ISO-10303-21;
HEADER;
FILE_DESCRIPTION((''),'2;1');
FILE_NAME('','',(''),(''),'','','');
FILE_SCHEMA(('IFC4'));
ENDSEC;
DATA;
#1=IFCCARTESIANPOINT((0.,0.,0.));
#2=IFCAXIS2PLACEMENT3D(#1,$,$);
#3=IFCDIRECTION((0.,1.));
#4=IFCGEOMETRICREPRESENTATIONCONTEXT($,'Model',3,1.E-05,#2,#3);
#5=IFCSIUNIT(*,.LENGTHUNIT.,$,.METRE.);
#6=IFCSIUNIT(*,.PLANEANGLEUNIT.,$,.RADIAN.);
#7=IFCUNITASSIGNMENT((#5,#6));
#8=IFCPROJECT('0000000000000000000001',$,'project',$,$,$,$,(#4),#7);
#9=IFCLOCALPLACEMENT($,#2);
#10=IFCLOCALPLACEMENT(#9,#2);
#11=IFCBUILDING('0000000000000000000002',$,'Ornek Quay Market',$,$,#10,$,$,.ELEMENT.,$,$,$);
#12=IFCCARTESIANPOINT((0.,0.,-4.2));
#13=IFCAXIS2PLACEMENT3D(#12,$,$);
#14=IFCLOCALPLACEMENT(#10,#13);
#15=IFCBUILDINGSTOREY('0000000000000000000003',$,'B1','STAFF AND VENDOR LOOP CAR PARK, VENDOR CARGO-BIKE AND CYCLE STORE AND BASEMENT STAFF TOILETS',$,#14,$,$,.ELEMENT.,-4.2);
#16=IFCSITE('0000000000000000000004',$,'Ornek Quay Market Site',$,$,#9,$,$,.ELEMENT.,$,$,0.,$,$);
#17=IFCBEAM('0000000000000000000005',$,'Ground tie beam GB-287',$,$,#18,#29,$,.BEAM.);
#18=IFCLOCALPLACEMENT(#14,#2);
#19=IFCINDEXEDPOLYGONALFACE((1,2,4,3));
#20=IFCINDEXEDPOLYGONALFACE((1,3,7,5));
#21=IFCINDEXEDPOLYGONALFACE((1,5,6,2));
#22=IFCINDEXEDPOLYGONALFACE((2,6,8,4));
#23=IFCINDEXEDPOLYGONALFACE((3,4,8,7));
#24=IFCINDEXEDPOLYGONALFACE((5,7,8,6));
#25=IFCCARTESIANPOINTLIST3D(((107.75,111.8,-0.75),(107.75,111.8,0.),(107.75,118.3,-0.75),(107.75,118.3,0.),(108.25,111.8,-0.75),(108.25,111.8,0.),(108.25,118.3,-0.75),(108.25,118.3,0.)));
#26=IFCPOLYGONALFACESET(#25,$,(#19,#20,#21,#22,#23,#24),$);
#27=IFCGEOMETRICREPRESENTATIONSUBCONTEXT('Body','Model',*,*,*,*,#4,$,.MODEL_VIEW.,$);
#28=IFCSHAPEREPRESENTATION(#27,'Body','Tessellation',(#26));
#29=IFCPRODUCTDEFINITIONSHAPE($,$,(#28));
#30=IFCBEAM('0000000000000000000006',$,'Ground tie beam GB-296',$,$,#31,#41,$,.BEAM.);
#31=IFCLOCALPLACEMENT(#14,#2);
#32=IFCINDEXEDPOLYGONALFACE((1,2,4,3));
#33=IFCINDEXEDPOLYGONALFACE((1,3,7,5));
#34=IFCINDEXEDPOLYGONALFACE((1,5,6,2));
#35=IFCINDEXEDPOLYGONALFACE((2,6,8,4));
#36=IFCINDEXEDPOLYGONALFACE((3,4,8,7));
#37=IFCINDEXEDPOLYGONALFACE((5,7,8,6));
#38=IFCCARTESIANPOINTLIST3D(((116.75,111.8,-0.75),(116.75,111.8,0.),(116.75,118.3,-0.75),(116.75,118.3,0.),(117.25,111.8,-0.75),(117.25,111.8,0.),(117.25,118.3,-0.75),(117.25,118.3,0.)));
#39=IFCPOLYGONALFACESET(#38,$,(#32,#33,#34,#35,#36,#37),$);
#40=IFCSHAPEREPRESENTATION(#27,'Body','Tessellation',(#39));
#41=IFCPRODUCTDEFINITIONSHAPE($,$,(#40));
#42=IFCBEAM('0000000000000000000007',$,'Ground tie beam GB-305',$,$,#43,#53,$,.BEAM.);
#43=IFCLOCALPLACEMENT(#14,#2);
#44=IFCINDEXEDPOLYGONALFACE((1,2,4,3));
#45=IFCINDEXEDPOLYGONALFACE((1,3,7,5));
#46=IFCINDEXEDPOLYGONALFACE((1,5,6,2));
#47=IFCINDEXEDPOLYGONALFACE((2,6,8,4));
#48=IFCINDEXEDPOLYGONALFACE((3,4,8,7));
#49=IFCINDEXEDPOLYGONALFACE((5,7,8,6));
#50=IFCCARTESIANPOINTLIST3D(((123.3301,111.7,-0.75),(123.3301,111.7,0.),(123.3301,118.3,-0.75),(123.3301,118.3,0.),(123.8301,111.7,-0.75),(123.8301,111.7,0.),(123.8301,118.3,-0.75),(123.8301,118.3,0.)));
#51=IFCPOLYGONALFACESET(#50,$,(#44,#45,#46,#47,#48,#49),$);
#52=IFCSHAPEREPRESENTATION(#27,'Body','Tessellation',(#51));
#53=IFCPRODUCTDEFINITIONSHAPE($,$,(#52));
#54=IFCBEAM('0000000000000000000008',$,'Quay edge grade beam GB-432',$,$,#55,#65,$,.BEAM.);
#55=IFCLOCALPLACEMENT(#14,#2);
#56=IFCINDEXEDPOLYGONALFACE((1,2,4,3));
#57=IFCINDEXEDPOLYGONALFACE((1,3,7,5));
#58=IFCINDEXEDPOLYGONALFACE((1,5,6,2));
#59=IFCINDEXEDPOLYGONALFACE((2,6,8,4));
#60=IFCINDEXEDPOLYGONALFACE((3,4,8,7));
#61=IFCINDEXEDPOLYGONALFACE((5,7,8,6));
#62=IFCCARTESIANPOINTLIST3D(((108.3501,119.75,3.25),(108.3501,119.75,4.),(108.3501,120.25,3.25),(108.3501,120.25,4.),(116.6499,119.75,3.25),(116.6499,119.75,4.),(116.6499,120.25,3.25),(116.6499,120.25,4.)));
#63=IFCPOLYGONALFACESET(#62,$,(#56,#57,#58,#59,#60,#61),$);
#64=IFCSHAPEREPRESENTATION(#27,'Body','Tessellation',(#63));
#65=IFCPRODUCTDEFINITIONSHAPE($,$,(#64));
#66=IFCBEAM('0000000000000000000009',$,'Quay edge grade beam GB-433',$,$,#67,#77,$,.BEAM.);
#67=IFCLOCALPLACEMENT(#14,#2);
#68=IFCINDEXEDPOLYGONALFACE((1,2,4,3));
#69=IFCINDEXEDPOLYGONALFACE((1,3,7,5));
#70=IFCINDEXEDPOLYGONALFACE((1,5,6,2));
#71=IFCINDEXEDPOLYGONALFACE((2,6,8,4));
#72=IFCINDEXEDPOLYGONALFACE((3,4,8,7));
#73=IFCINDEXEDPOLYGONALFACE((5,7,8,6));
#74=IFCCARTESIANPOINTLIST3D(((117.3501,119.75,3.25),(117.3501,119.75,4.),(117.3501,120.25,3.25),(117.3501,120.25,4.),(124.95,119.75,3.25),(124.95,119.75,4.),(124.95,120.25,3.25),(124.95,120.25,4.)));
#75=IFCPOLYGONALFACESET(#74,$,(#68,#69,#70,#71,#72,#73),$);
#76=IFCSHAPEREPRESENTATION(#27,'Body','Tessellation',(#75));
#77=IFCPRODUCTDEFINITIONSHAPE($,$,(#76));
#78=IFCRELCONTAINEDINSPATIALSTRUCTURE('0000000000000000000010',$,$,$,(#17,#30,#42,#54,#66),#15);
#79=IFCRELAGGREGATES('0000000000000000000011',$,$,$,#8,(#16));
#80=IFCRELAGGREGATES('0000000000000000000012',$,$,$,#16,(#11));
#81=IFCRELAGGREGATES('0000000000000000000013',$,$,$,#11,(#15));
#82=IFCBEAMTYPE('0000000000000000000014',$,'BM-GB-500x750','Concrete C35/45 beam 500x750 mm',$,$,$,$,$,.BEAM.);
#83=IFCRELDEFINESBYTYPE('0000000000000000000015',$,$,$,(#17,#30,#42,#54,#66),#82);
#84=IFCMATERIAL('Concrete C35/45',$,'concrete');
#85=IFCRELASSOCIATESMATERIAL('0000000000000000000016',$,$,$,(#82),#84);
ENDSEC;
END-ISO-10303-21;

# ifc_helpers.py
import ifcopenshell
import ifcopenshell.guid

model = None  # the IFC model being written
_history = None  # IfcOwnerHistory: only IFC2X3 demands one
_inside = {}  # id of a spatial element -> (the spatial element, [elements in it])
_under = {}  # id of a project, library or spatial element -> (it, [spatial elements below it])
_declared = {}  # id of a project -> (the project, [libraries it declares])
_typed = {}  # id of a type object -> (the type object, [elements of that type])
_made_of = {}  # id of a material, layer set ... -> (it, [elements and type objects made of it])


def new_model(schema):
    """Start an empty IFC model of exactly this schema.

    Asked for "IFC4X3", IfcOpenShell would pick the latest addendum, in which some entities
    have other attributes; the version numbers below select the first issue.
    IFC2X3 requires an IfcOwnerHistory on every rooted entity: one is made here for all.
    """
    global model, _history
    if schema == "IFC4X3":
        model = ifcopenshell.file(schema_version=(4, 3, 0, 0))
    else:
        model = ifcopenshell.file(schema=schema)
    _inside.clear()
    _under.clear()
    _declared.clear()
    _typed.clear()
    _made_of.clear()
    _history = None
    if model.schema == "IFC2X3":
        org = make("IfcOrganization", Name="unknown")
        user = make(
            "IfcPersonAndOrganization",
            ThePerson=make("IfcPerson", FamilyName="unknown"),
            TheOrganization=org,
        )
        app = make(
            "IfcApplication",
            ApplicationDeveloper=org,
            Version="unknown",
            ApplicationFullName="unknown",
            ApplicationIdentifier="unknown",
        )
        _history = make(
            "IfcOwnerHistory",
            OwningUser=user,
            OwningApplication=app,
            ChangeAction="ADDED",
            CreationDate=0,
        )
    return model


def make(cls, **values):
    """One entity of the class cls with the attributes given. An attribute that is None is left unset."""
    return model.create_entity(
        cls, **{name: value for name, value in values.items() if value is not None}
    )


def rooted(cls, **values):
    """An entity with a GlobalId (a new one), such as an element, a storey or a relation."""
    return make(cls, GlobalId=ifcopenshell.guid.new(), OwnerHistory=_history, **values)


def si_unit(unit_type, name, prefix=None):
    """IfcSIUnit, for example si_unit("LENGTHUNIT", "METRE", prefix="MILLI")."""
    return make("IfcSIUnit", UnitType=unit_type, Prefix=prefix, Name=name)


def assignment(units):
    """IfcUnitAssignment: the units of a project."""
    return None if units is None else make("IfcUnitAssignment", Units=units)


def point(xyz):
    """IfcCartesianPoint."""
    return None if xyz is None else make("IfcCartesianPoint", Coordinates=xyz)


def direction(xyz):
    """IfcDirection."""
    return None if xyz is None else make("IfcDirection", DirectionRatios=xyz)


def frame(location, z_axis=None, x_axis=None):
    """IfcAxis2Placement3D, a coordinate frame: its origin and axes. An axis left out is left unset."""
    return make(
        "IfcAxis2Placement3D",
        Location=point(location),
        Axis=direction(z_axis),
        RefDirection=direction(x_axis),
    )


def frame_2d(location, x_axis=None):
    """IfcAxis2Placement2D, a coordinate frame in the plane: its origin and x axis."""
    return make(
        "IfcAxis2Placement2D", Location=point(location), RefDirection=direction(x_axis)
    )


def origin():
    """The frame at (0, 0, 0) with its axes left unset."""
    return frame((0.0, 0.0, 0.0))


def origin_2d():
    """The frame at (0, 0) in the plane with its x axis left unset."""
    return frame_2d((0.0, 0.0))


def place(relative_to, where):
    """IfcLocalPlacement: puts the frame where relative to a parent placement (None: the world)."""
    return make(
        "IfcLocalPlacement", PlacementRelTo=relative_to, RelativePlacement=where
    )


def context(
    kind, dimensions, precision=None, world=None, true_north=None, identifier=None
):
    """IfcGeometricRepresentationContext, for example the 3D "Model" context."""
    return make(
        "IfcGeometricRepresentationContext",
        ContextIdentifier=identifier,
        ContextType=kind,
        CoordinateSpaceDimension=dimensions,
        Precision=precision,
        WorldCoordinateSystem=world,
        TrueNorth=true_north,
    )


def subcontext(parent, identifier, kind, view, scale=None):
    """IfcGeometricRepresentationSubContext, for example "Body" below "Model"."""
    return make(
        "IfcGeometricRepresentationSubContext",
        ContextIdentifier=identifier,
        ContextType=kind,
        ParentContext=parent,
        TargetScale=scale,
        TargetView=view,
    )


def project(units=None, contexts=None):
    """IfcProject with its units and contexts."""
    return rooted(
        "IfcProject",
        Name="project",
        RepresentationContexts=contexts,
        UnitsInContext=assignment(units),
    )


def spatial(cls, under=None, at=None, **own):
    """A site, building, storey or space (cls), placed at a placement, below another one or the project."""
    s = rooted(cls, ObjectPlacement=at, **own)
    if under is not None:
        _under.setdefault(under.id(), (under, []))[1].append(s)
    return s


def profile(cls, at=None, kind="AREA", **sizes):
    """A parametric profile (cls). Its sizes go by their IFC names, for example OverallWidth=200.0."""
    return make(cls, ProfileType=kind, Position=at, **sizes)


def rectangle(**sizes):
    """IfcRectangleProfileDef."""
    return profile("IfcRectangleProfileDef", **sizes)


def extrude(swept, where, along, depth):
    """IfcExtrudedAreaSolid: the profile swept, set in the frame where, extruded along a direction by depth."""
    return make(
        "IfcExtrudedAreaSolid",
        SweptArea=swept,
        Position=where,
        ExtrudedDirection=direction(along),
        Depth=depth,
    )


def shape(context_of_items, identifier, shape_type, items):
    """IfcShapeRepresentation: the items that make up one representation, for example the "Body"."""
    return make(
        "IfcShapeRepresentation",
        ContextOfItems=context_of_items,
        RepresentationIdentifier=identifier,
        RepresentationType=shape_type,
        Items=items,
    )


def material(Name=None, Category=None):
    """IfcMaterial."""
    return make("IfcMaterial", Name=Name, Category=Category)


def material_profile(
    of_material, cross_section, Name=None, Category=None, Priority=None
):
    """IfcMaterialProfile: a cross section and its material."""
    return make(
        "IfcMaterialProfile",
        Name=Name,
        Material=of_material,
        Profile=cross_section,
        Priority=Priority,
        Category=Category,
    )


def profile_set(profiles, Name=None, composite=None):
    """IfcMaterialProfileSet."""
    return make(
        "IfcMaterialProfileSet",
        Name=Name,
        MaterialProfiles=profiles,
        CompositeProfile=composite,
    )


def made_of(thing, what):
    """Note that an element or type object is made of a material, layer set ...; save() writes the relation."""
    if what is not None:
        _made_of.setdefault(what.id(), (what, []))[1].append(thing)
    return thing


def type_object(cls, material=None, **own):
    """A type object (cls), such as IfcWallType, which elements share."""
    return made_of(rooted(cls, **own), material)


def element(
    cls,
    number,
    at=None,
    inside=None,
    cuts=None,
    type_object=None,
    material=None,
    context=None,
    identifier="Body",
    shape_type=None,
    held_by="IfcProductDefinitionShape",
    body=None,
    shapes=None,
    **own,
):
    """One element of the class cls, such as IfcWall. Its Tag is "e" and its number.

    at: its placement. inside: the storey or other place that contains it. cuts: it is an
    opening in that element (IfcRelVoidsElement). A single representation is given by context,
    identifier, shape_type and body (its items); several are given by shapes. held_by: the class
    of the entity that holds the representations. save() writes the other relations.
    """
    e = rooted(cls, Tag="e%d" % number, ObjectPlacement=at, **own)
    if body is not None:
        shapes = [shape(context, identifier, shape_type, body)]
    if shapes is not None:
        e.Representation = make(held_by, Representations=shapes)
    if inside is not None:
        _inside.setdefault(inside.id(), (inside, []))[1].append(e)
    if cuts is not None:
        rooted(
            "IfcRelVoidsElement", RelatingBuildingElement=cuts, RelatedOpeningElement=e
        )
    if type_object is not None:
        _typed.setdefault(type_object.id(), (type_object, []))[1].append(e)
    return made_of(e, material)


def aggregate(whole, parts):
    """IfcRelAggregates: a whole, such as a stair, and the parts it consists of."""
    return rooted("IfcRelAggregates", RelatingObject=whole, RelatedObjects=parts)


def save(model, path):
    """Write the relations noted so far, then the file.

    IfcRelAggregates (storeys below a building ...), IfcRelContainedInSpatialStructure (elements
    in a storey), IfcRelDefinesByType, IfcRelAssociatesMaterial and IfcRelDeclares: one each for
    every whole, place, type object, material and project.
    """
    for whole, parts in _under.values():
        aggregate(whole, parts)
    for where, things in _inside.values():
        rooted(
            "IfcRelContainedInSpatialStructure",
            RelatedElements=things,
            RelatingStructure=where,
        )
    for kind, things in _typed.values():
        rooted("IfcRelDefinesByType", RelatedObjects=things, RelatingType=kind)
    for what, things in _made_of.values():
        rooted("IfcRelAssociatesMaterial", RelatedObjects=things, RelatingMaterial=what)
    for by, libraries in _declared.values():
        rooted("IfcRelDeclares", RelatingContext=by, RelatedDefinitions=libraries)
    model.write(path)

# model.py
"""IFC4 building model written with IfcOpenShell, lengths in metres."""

from ifc_helpers import new_model, si_unit, direction, frame, origin, origin_2d, place, context, subcontext, project, spatial, rectangle, extrude, material, material_profile, profile_set, type_object, element, save


model = new_model("IFC4")

# Units and contexts
model_context = context("Model", 3, precision=1e-05, world=origin(), true_north=direction((0.0, 1.0)))
body_context = subcontext(model_context, "Body", "Model", "MODEL_VIEW")
ifc_project = project(units=[si_unit("LENGTHUNIT", "METRE"), si_unit("PLANEANGLEUNIT", "RADIAN")], contexts=[model_context])

# Site, building, storey
site_placement = place(None, origin())
site = spatial("IfcSite", under=ifc_project, at=site_placement, Name="Ornek Quay Market Site", CompositionType="ELEMENT", RefElevation=0.0)
building_placement = place(site_placement, origin())
building = spatial("IfcBuilding", under=site, at=building_placement, Name="Ornek Quay Market", CompositionType="ELEMENT")
storey_placement = place(building_placement, frame((0.0, 0.0, -4.2)))
storey = spatial("IfcBuildingStorey", under=building, at=storey_placement, Name="B1", Description="STAFF AND VENDOR LOOP CAR PARK, VENDOR CARGO-BIKE AND CYCLE STORE AND BASEMENT STAFF TOILETS", CompositionType="ELEMENT", Elevation=-4.2)

# Shared definitions
ifc_material_1 = material(Name="Concrete C35/45", Category="concrete")

# Beams
ifc_material_profile_1 = material_profile(ifc_material_1, rectangle(XDim=0.5, YDim=0.75, at=origin_2d()), Name="RC 500x750", Category="concrete")
ifc_profile_set_1 = profile_set([ifc_material_profile_1], Name="Concrete C35/45")
beam_type = type_object("IfcBeamType", Name="BM-GB-500x750", Description="Concrete C35/45 beam 500x750 mm", PredefinedType="BEAM", material=ifc_profile_set_1)
for number, where, z_axis, x_axis, name in (
    (1, (108.0, 111.8, -0.375), (0.0, 1.0, 0.0), (-1.0, 0.0, 0.0), "Ground tie beam GB-287"),
    (2, (117.0, 111.8, -0.375), (0.0, 1.0, 0.0), (-1.0, 0.0, 0.0), "Ground tie beam GB-296"),
):
    element("IfcBeam", number, at=place(storey_placement, frame(where, z_axis=z_axis, x_axis=x_axis)), inside=storey, type_object=beam_type, Name=name, PredefinedType="BEAM", context=body_context, shape_type="SweptSolid", body=[
        extrude(rectangle(XDim=0.5, YDim=0.75, at=origin_2d()), origin(), (0.0, 0.0, 1.0), 6.5),
    ])
beam_1_placement = place(storey_placement, frame((123.5801, 111.7, -0.375), z_axis=(0.0, 1.0, 0.0), x_axis=(-1.0, 0.0, 0.0)))
element("IfcBeam", 3, at=beam_1_placement, inside=storey, type_object=beam_type, Name="Ground tie beam GB-305", PredefinedType="BEAM", context=body_context, shape_type="SweptSolid", body=[
    extrude(rectangle(XDim=0.5, YDim=0.75, at=origin_2d()), origin(), (0.0, 0.0, 1.0), 6.6001),
])
beam_2_placement = place(storey_placement, frame((108.3501, 120.0, 3.625), z_axis=(1.0, 0.0, 0.0), x_axis=(0.0, 1.0, 0.0)))
element("IfcBeam", 4, at=beam_2_placement, inside=storey, type_object=beam_type, Name="Quay edge grade beam GB-432", PredefinedType="BEAM", context=body_context, shape_type="SweptSolid", body=[
    extrude(rectangle(XDim=0.5, YDim=0.75, at=origin_2d()), origin(), (0.0, 0.0, 1.0), 8.2998),
])
beam_3_placement = place(storey_placement, frame((117.3501, 120.0, 3.625), z_axis=(1.0, 0.0, 0.0), x_axis=(0.0, 1.0, 0.0)))
element("IfcBeam", 5, at=beam_3_placement, inside=storey, type_object=beam_type, Name="Quay edge grade beam GB-433", PredefinedType="BEAM", context=body_context, shape_type="SweptSolid", body=[
    extrude(rectangle(XDim=0.5, YDim=0.75, at=origin_2d()), origin(), (0.0, 0.0, 1.0), 7.5999),
])

save(model, "model.ifc")
